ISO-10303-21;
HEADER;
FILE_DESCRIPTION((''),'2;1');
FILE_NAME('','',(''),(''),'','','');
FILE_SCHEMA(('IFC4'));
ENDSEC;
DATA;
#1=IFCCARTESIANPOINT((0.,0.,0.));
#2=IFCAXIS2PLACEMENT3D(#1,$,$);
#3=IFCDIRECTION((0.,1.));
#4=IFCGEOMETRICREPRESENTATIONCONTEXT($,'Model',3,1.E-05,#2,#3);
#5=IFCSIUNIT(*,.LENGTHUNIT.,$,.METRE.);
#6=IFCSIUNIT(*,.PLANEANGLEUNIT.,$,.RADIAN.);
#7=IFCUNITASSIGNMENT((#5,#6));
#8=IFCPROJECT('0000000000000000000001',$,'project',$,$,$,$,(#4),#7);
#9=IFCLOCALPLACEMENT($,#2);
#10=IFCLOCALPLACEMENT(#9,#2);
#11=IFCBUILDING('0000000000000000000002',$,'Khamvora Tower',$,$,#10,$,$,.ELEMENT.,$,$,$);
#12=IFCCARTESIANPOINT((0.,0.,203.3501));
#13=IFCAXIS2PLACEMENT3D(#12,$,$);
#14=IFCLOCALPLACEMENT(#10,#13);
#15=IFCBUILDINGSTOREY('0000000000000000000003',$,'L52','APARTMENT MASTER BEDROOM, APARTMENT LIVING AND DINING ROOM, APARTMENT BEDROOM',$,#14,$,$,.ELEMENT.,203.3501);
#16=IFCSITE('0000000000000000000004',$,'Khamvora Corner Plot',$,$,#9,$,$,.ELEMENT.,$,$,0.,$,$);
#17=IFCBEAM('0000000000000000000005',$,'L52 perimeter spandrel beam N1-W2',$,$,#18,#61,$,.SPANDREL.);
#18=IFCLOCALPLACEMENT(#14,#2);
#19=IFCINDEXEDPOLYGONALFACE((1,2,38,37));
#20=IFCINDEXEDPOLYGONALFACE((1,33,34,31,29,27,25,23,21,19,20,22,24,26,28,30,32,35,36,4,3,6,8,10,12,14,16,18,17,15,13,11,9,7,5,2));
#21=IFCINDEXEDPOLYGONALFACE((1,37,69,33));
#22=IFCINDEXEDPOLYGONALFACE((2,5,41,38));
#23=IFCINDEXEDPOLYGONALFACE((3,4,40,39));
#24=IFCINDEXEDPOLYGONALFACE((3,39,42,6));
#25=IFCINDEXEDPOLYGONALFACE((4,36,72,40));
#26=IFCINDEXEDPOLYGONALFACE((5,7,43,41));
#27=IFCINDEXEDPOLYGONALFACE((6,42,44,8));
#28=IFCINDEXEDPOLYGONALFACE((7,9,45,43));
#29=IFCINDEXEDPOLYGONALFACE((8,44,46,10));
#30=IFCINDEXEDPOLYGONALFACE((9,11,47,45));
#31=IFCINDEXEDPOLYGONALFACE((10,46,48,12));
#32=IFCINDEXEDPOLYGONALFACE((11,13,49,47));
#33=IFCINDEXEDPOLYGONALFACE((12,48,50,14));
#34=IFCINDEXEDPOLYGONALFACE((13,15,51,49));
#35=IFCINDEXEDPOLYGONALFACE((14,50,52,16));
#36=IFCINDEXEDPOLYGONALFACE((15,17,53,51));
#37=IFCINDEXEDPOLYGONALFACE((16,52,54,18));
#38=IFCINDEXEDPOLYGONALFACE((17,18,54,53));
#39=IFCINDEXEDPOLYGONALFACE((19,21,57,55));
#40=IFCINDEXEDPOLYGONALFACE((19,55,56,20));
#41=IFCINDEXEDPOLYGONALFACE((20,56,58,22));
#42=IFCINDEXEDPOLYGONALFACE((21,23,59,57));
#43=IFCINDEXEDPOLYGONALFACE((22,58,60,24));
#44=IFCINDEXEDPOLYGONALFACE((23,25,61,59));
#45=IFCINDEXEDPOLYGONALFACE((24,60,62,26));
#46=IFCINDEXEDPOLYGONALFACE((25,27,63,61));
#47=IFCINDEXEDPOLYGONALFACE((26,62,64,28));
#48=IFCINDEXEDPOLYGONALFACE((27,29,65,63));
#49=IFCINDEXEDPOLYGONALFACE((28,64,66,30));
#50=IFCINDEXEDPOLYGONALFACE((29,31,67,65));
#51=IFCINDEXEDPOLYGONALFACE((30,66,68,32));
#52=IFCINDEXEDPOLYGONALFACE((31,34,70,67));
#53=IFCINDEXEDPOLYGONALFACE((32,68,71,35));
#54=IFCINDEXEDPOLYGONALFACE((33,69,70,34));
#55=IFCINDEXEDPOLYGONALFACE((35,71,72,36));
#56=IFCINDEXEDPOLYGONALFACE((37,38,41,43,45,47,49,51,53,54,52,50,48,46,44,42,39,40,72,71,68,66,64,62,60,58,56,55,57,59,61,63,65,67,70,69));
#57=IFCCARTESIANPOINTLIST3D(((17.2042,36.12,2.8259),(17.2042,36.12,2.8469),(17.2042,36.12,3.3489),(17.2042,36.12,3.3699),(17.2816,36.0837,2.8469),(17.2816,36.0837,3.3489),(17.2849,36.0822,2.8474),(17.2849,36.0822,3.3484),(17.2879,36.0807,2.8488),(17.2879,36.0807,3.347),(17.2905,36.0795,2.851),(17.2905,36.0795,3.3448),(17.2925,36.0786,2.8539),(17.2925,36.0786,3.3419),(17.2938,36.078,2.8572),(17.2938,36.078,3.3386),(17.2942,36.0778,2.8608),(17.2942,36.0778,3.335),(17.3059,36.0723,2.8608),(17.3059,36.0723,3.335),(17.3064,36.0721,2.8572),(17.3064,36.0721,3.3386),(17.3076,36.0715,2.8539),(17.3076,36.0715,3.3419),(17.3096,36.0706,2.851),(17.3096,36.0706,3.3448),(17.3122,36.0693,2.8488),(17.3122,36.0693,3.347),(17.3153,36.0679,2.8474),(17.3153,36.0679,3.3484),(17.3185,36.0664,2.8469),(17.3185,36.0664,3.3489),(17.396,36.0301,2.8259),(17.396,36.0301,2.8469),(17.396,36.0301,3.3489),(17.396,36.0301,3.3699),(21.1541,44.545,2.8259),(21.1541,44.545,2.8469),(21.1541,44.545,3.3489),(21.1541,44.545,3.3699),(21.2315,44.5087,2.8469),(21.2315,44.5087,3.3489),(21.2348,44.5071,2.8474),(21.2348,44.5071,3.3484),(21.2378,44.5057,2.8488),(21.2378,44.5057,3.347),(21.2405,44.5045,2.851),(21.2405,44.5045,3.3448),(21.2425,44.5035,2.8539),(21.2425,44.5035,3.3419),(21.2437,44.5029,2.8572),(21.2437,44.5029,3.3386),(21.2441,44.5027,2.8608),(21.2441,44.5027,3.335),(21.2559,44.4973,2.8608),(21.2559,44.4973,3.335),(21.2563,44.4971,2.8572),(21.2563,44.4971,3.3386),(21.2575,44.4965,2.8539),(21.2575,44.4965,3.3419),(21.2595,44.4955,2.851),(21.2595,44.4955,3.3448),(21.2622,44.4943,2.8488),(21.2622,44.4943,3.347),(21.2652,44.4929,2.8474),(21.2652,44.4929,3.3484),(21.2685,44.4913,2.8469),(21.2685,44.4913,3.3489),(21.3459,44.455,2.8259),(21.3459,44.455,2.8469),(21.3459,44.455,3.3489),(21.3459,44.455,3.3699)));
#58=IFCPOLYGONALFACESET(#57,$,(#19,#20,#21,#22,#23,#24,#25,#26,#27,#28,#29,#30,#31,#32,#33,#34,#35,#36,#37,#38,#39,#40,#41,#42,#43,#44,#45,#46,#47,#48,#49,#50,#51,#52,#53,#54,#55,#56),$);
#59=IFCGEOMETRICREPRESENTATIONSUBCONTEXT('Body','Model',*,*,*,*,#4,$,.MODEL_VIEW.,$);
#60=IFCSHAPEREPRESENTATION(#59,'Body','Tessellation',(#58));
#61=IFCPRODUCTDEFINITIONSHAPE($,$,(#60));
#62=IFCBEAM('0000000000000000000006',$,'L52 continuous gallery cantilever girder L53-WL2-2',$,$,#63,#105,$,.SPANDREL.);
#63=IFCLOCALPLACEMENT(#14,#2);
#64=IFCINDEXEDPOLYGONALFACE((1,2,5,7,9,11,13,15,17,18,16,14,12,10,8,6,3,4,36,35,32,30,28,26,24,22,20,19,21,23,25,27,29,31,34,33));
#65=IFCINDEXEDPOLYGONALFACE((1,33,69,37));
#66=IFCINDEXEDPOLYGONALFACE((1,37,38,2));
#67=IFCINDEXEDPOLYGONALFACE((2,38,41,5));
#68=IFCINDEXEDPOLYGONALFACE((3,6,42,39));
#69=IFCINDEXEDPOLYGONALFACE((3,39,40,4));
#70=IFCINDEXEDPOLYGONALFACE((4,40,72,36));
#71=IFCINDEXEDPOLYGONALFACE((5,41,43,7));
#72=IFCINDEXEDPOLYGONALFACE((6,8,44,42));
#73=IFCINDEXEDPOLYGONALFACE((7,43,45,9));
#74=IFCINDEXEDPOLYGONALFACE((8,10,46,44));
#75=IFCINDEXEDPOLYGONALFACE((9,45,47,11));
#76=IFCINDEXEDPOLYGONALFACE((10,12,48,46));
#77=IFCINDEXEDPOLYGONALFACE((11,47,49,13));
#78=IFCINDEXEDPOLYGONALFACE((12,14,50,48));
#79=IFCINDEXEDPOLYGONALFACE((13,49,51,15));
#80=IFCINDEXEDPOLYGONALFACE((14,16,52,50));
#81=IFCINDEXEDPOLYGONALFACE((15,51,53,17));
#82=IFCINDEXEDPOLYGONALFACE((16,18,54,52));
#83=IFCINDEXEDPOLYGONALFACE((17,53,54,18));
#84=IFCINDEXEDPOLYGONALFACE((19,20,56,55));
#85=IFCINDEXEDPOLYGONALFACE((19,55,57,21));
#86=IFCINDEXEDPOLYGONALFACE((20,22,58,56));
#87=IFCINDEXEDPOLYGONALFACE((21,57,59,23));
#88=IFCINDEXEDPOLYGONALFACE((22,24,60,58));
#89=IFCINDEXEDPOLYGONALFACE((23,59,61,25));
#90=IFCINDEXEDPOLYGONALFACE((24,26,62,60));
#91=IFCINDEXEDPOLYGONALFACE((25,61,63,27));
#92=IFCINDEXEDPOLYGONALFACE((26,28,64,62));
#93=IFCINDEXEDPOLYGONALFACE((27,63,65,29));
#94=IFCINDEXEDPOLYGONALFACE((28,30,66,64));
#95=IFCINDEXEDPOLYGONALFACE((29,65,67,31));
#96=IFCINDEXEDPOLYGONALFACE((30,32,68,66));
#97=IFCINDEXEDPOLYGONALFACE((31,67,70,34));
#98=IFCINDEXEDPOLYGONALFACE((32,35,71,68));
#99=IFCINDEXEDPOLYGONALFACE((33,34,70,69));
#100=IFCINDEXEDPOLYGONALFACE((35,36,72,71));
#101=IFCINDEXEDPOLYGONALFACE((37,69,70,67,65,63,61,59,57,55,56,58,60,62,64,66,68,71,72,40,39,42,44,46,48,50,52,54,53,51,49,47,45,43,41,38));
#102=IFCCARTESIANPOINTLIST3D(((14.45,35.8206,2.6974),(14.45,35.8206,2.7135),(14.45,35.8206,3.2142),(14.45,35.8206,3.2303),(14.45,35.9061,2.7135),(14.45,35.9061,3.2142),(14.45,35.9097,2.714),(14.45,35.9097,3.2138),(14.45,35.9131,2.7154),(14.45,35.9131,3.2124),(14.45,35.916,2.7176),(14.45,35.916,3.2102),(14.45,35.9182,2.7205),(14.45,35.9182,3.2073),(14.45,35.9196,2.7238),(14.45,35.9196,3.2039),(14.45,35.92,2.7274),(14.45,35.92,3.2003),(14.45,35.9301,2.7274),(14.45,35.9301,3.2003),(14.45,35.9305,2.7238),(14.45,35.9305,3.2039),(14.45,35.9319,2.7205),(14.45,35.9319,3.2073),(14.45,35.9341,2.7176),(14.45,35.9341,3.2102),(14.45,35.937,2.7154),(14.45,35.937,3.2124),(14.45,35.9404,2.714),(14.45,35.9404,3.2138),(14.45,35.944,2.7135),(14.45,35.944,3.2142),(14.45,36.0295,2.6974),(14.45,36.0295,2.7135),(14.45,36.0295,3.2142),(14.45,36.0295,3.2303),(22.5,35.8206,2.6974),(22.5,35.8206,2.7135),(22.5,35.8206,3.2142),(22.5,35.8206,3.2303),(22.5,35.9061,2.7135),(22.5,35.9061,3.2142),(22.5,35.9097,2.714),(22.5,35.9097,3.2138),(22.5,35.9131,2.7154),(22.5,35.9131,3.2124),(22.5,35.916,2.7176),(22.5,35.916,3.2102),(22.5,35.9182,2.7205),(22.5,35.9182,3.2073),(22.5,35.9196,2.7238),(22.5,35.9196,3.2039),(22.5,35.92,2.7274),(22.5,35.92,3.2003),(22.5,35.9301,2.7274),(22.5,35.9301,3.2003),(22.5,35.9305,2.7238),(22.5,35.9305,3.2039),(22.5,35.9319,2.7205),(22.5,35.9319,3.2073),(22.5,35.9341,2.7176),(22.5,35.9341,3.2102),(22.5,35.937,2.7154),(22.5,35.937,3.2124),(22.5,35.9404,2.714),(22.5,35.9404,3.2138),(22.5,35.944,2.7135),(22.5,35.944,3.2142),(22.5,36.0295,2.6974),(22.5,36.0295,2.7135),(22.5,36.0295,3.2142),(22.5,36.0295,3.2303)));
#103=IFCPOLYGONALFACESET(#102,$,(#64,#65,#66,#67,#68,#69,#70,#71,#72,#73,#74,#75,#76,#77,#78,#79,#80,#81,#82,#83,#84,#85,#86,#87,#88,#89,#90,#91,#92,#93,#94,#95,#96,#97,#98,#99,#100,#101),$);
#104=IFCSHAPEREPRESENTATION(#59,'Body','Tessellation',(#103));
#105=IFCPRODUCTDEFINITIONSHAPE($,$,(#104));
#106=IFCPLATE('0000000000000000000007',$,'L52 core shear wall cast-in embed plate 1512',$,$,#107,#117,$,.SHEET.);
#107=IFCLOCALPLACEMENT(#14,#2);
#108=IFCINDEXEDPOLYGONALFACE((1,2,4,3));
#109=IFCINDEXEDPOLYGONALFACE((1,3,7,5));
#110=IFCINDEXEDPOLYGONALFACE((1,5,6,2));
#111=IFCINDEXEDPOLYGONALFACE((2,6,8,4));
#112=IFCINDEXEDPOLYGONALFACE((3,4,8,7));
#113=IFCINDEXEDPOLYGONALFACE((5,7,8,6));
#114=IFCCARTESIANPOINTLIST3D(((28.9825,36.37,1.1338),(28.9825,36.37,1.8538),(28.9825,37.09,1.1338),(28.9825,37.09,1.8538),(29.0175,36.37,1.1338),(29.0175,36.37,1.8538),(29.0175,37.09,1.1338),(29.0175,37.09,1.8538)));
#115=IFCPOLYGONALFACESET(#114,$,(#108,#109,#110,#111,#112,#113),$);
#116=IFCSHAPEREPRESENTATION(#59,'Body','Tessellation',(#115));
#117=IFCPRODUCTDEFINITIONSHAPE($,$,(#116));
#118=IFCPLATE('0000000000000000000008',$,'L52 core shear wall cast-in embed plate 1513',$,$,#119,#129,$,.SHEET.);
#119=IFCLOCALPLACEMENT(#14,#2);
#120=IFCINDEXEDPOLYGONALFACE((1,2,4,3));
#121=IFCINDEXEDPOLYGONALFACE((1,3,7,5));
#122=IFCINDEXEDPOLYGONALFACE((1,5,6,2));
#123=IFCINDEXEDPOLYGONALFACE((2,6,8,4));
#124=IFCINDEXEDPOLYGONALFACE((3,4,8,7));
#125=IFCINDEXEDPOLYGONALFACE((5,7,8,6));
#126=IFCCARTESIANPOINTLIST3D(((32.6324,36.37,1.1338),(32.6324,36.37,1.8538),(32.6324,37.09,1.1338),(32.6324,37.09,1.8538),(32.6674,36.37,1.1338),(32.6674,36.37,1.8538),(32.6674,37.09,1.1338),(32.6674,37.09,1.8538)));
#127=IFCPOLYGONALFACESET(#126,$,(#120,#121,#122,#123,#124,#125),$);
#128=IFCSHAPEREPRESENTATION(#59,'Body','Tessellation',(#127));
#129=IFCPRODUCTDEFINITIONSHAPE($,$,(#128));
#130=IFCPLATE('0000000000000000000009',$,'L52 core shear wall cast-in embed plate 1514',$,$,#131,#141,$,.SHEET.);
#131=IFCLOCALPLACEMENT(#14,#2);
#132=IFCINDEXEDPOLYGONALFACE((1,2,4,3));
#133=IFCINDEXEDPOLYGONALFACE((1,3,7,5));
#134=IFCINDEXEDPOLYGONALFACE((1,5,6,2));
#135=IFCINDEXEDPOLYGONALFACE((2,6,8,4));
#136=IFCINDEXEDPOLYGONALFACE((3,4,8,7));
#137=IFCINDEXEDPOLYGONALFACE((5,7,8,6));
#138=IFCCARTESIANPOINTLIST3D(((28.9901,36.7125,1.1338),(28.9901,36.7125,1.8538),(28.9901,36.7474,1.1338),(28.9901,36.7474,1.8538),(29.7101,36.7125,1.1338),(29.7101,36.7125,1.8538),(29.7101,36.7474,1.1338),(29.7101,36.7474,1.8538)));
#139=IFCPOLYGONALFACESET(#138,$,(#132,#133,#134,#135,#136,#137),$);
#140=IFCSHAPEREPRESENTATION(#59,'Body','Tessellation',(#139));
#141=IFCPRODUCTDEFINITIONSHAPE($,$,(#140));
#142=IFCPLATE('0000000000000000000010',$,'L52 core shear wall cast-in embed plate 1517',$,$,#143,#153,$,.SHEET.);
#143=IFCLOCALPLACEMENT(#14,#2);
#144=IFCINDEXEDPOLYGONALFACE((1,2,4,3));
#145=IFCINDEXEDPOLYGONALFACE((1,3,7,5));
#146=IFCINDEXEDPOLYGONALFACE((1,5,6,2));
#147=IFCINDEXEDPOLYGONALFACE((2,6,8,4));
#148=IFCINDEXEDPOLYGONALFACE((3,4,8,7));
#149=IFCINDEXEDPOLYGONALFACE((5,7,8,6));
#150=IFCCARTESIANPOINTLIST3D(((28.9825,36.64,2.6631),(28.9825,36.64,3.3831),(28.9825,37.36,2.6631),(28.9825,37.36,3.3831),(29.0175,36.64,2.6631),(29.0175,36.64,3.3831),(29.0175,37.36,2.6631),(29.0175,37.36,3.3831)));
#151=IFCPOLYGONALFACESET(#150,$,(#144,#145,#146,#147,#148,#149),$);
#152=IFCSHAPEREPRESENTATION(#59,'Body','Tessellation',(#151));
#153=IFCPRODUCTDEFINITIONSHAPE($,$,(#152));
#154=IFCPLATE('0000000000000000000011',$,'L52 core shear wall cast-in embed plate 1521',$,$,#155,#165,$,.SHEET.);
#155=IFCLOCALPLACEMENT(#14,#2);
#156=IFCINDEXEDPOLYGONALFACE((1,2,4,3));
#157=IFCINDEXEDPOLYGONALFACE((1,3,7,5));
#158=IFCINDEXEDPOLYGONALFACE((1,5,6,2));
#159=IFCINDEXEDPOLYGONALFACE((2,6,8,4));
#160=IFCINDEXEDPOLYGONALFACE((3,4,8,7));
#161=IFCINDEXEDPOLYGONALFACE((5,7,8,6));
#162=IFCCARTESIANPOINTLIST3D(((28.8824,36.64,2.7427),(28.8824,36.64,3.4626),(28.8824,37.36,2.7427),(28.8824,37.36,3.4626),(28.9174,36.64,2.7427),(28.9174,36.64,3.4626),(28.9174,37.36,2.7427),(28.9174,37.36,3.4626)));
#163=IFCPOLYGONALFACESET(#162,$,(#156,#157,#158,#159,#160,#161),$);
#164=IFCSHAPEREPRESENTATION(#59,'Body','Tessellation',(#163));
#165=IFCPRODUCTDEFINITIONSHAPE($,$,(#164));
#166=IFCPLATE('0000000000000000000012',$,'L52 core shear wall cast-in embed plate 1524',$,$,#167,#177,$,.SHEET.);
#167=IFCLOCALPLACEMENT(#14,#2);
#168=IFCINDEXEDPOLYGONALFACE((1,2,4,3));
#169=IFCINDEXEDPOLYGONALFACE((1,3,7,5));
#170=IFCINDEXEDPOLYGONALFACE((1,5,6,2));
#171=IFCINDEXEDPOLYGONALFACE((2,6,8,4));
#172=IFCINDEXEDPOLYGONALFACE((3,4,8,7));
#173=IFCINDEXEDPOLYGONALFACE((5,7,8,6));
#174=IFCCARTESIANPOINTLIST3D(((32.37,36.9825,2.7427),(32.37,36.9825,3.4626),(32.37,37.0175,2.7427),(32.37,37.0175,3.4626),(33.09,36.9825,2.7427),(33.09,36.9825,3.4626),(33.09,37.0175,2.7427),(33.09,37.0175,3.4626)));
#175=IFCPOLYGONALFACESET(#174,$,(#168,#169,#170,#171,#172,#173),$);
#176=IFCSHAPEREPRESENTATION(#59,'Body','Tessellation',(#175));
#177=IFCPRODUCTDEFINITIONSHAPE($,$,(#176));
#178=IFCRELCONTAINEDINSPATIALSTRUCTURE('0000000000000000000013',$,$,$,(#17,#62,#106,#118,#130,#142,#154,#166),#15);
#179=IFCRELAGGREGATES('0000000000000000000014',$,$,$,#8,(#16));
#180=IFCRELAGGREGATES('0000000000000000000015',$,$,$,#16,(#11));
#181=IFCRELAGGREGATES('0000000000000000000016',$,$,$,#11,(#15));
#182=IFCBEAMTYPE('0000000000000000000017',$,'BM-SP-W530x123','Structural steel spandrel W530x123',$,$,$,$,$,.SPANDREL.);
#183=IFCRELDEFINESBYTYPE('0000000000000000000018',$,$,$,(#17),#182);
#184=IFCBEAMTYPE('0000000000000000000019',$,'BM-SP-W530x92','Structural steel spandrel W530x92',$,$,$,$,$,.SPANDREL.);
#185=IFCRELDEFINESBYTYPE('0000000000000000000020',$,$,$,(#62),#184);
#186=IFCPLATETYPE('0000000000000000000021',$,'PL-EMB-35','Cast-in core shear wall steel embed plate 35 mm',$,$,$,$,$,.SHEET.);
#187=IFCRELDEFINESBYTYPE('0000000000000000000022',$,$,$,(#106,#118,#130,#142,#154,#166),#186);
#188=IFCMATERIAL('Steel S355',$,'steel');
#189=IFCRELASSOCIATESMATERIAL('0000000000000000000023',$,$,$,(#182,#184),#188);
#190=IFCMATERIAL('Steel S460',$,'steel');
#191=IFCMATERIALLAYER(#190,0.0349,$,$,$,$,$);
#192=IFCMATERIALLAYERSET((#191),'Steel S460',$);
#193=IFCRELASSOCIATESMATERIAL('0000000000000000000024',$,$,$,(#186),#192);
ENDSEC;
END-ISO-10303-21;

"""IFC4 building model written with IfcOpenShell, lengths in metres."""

from ifc_helpers import new_model, si_unit, direction, frame, origin, origin_2d, place, context, subcontext, project, spatial, rectangle, i_section, extrude, material, layer, layer_set, material_profile, profile_set, type_object, element, save


model = new_model("IFC4")

# Units and contexts
model_context = context("Model", 3, precision=1e-05, world=origin(), true_north=direction((0.0, 1.0)))
body_context = subcontext(model_context, "Body", "Model", "MODEL_VIEW")
ifc_project = project(units=[si_unit("LENGTHUNIT", "METRE"), si_unit("PLANEANGLEUNIT", "RADIAN")], contexts=[model_context])

# Site, building, storey
site_placement = place(None, origin())
site = spatial("IfcSite", under=ifc_project, at=site_placement, Name="Khamvora Corner Plot", CompositionType="ELEMENT", RefElevation=0.0)
building_placement = place(site_placement, origin())
building = spatial("IfcBuilding", under=site, at=building_placement, Name="Khamvora Tower", CompositionType="ELEMENT")
storey_placement = place(building_placement, frame((0.0, 0.0, 203.3501)))
storey = spatial("IfcBuildingStorey", under=building, at=storey_placement, Name="L52", Description="APARTMENT MASTER BEDROOM, APARTMENT LIVING AND DINING ROOM, APARTMENT BEDROOM", CompositionType="ELEMENT", Elevation=203.3501)

# Shared definitions
ifc_material_1 = material(Name="Steel S460", Category="steel")

# Beams
ifc_material_2 = material(Name="Steel S355", Category="steel")
ifc_material_profile_1 = material_profile(ifc_material_2, i_section(OverallWidth=0.2119, OverallDepth=0.5439, WebThickness=0.0129, FlangeThickness=0.021, FilletRadius=0.0139, at=origin_2d()), Name="W530x123")
ifc_profile_set_1 = profile_set([ifc_material_profile_1], Name="Steel S355")
beam_type_1 = type_object("IfcBeamType", Name="BM-SP-W530x123", Description="Structural steel spandrel W530x123", PredefinedType="SPANDREL", material=ifc_profile_set_1)
beam_1_placement = place(storey_placement, frame((21.25, 44.5, 3.0979), z_axis=(-0.424496, -0.90543, 0.0), x_axis=(0.90543, -0.424496, 0.0)))
element("IfcBeam", 1, at=beam_1_placement, inside=storey, type_object=beam_type_1, Name="L52 perimeter spandrel beam N1-W2", PredefinedType="SPANDREL", context=body_context, shape_type="SweptSolid", body=[
    extrude(i_section(OverallWidth=0.2119, OverallDepth=0.5439, WebThickness=0.0129, FlangeThickness=0.021, FilletRadius=0.0139, at=origin_2d()), origin(), (0.0, 0.0, 1.0), 9.3049),
])
ifc_material_profile_2 = material_profile(ifc_material_2, i_section(OverallWidth=0.209, OverallDepth=0.533, WebThickness=0.01, FlangeThickness=0.0161, FilletRadius=0.0139, at=origin_2d()), Name="W530x92")
ifc_profile_set_2 = profile_set([ifc_material_profile_2], Name="Steel S355")
beam_type_2 = type_object("IfcBeamType", Name="BM-SP-W530x92", Description="Structural steel spandrel W530x92", PredefinedType="SPANDREL", material=ifc_profile_set_2)
beam_2_placement = place(storey_placement, frame((22.5, 35.925, 2.9639), z_axis=(-1.0, 0.0, 0.0), x_axis=(0.0, -1.0, 0.0)))
element("IfcBeam", 2, at=beam_2_placement, inside=storey, type_object=beam_type_2, Name="L52 continuous gallery cantilever girder L53-WL2-2", PredefinedType="SPANDREL", context=body_context, shape_type="SweptSolid", body=[
    extrude(i_section(OverallWidth=0.209, OverallDepth=0.533, WebThickness=0.01, FlangeThickness=0.0161, FilletRadius=0.0139, at=origin_2d()), origin(), (0.0, 0.0, 1.0), 8.05),
])

# Plates
ifc_layer_1 = layer(ifc_material_1, 0.0349)
ifc_layer_set_1 = layer_set([ifc_layer_1], Name="Steel S460")
plate_type = type_object("IfcPlateType", Name="PL-EMB-35", Description="Cast-in core shear wall steel embed plate 35 mm", PredefinedType="SHEET", material=ifc_layer_set_1)
for number, where, z_axis, x_axis, name in (
    (3, (29.0, 36.73, 1.1338), (0.0, 0.0, 1.0), (1.0, 0.0, 0.0), "L52 core shear wall cast-in embed plate 1512"),
    (4, (32.6499, 36.73, 1.1338), (0.0, 0.0, 1.0), (1.0, 0.0, 0.0), "L52 core shear wall cast-in embed plate 1513"),
):
    element("IfcPlate", number, at=place(storey_placement, frame(where, z_axis=z_axis, x_axis=x_axis)), inside=storey, type_object=plate_type, Name=name, PredefinedType="SHEET", context=body_context, shape_type="SweptSolid", body=[
        extrude(rectangle(XDim=0.0349, YDim=0.72, at=origin_2d()), origin(), (0.0, 0.0, 1.0), 0.72),
    ])
plate_1_placement = place(storey_placement, frame((29.3501, 36.73, 1.1338), z_axis=(0.0, 0.0, 1.0), x_axis=(1.0, 0.0, 0.0)))
element("IfcPlate", 5, at=plate_1_placement, inside=storey, type_object=plate_type, Name="L52 core shear wall cast-in embed plate 1514", PredefinedType="SHEET", context=body_context, shape_type="SweptSolid", body=[
    extrude(rectangle(XDim=0.72, YDim=0.0349, at=origin_2d()), origin(), (0.0, 0.0, 1.0), 0.72),
])
for number, where, z_axis, x_axis, name in (
    (6, (29.0, 37.0, 2.6631), (0.0, 0.0, 1.0), (1.0, 0.0, 0.0), "L52 core shear wall cast-in embed plate 1517"),
    (7, (28.8999, 37.0, 2.7427), (0.0, 0.0, 1.0), (1.0, 0.0, 0.0), "L52 core shear wall cast-in embed plate 1521"),
):
    element("IfcPlate", number, at=place(storey_placement, frame(where, z_axis=z_axis, x_axis=x_axis)), inside=storey, type_object=plate_type, Name=name, PredefinedType="SHEET", context=body_context, shape_type="SweptSolid", body=[
        extrude(rectangle(XDim=0.0349, YDim=0.72, at=origin_2d()), origin(), (0.0, 0.0, 1.0), 0.72),
    ])
plate_2_placement = place(storey_placement, frame((32.73, 37.0, 2.7427), z_axis=(0.0, 0.0, 1.0), x_axis=(1.0, 0.0, 0.0)))
element("IfcPlate", 8, at=plate_2_placement, inside=storey, type_object=plate_type, Name="L52 core shear wall cast-in embed plate 1524", PredefinedType="SHEET", context=body_context, shape_type="SweptSolid", body=[
    extrude(rectangle(XDim=0.72, YDim=0.0349, at=origin_2d()), origin(), (0.0, 0.0, 1.0), 0.72),
])

save(model, "model.ifc")
